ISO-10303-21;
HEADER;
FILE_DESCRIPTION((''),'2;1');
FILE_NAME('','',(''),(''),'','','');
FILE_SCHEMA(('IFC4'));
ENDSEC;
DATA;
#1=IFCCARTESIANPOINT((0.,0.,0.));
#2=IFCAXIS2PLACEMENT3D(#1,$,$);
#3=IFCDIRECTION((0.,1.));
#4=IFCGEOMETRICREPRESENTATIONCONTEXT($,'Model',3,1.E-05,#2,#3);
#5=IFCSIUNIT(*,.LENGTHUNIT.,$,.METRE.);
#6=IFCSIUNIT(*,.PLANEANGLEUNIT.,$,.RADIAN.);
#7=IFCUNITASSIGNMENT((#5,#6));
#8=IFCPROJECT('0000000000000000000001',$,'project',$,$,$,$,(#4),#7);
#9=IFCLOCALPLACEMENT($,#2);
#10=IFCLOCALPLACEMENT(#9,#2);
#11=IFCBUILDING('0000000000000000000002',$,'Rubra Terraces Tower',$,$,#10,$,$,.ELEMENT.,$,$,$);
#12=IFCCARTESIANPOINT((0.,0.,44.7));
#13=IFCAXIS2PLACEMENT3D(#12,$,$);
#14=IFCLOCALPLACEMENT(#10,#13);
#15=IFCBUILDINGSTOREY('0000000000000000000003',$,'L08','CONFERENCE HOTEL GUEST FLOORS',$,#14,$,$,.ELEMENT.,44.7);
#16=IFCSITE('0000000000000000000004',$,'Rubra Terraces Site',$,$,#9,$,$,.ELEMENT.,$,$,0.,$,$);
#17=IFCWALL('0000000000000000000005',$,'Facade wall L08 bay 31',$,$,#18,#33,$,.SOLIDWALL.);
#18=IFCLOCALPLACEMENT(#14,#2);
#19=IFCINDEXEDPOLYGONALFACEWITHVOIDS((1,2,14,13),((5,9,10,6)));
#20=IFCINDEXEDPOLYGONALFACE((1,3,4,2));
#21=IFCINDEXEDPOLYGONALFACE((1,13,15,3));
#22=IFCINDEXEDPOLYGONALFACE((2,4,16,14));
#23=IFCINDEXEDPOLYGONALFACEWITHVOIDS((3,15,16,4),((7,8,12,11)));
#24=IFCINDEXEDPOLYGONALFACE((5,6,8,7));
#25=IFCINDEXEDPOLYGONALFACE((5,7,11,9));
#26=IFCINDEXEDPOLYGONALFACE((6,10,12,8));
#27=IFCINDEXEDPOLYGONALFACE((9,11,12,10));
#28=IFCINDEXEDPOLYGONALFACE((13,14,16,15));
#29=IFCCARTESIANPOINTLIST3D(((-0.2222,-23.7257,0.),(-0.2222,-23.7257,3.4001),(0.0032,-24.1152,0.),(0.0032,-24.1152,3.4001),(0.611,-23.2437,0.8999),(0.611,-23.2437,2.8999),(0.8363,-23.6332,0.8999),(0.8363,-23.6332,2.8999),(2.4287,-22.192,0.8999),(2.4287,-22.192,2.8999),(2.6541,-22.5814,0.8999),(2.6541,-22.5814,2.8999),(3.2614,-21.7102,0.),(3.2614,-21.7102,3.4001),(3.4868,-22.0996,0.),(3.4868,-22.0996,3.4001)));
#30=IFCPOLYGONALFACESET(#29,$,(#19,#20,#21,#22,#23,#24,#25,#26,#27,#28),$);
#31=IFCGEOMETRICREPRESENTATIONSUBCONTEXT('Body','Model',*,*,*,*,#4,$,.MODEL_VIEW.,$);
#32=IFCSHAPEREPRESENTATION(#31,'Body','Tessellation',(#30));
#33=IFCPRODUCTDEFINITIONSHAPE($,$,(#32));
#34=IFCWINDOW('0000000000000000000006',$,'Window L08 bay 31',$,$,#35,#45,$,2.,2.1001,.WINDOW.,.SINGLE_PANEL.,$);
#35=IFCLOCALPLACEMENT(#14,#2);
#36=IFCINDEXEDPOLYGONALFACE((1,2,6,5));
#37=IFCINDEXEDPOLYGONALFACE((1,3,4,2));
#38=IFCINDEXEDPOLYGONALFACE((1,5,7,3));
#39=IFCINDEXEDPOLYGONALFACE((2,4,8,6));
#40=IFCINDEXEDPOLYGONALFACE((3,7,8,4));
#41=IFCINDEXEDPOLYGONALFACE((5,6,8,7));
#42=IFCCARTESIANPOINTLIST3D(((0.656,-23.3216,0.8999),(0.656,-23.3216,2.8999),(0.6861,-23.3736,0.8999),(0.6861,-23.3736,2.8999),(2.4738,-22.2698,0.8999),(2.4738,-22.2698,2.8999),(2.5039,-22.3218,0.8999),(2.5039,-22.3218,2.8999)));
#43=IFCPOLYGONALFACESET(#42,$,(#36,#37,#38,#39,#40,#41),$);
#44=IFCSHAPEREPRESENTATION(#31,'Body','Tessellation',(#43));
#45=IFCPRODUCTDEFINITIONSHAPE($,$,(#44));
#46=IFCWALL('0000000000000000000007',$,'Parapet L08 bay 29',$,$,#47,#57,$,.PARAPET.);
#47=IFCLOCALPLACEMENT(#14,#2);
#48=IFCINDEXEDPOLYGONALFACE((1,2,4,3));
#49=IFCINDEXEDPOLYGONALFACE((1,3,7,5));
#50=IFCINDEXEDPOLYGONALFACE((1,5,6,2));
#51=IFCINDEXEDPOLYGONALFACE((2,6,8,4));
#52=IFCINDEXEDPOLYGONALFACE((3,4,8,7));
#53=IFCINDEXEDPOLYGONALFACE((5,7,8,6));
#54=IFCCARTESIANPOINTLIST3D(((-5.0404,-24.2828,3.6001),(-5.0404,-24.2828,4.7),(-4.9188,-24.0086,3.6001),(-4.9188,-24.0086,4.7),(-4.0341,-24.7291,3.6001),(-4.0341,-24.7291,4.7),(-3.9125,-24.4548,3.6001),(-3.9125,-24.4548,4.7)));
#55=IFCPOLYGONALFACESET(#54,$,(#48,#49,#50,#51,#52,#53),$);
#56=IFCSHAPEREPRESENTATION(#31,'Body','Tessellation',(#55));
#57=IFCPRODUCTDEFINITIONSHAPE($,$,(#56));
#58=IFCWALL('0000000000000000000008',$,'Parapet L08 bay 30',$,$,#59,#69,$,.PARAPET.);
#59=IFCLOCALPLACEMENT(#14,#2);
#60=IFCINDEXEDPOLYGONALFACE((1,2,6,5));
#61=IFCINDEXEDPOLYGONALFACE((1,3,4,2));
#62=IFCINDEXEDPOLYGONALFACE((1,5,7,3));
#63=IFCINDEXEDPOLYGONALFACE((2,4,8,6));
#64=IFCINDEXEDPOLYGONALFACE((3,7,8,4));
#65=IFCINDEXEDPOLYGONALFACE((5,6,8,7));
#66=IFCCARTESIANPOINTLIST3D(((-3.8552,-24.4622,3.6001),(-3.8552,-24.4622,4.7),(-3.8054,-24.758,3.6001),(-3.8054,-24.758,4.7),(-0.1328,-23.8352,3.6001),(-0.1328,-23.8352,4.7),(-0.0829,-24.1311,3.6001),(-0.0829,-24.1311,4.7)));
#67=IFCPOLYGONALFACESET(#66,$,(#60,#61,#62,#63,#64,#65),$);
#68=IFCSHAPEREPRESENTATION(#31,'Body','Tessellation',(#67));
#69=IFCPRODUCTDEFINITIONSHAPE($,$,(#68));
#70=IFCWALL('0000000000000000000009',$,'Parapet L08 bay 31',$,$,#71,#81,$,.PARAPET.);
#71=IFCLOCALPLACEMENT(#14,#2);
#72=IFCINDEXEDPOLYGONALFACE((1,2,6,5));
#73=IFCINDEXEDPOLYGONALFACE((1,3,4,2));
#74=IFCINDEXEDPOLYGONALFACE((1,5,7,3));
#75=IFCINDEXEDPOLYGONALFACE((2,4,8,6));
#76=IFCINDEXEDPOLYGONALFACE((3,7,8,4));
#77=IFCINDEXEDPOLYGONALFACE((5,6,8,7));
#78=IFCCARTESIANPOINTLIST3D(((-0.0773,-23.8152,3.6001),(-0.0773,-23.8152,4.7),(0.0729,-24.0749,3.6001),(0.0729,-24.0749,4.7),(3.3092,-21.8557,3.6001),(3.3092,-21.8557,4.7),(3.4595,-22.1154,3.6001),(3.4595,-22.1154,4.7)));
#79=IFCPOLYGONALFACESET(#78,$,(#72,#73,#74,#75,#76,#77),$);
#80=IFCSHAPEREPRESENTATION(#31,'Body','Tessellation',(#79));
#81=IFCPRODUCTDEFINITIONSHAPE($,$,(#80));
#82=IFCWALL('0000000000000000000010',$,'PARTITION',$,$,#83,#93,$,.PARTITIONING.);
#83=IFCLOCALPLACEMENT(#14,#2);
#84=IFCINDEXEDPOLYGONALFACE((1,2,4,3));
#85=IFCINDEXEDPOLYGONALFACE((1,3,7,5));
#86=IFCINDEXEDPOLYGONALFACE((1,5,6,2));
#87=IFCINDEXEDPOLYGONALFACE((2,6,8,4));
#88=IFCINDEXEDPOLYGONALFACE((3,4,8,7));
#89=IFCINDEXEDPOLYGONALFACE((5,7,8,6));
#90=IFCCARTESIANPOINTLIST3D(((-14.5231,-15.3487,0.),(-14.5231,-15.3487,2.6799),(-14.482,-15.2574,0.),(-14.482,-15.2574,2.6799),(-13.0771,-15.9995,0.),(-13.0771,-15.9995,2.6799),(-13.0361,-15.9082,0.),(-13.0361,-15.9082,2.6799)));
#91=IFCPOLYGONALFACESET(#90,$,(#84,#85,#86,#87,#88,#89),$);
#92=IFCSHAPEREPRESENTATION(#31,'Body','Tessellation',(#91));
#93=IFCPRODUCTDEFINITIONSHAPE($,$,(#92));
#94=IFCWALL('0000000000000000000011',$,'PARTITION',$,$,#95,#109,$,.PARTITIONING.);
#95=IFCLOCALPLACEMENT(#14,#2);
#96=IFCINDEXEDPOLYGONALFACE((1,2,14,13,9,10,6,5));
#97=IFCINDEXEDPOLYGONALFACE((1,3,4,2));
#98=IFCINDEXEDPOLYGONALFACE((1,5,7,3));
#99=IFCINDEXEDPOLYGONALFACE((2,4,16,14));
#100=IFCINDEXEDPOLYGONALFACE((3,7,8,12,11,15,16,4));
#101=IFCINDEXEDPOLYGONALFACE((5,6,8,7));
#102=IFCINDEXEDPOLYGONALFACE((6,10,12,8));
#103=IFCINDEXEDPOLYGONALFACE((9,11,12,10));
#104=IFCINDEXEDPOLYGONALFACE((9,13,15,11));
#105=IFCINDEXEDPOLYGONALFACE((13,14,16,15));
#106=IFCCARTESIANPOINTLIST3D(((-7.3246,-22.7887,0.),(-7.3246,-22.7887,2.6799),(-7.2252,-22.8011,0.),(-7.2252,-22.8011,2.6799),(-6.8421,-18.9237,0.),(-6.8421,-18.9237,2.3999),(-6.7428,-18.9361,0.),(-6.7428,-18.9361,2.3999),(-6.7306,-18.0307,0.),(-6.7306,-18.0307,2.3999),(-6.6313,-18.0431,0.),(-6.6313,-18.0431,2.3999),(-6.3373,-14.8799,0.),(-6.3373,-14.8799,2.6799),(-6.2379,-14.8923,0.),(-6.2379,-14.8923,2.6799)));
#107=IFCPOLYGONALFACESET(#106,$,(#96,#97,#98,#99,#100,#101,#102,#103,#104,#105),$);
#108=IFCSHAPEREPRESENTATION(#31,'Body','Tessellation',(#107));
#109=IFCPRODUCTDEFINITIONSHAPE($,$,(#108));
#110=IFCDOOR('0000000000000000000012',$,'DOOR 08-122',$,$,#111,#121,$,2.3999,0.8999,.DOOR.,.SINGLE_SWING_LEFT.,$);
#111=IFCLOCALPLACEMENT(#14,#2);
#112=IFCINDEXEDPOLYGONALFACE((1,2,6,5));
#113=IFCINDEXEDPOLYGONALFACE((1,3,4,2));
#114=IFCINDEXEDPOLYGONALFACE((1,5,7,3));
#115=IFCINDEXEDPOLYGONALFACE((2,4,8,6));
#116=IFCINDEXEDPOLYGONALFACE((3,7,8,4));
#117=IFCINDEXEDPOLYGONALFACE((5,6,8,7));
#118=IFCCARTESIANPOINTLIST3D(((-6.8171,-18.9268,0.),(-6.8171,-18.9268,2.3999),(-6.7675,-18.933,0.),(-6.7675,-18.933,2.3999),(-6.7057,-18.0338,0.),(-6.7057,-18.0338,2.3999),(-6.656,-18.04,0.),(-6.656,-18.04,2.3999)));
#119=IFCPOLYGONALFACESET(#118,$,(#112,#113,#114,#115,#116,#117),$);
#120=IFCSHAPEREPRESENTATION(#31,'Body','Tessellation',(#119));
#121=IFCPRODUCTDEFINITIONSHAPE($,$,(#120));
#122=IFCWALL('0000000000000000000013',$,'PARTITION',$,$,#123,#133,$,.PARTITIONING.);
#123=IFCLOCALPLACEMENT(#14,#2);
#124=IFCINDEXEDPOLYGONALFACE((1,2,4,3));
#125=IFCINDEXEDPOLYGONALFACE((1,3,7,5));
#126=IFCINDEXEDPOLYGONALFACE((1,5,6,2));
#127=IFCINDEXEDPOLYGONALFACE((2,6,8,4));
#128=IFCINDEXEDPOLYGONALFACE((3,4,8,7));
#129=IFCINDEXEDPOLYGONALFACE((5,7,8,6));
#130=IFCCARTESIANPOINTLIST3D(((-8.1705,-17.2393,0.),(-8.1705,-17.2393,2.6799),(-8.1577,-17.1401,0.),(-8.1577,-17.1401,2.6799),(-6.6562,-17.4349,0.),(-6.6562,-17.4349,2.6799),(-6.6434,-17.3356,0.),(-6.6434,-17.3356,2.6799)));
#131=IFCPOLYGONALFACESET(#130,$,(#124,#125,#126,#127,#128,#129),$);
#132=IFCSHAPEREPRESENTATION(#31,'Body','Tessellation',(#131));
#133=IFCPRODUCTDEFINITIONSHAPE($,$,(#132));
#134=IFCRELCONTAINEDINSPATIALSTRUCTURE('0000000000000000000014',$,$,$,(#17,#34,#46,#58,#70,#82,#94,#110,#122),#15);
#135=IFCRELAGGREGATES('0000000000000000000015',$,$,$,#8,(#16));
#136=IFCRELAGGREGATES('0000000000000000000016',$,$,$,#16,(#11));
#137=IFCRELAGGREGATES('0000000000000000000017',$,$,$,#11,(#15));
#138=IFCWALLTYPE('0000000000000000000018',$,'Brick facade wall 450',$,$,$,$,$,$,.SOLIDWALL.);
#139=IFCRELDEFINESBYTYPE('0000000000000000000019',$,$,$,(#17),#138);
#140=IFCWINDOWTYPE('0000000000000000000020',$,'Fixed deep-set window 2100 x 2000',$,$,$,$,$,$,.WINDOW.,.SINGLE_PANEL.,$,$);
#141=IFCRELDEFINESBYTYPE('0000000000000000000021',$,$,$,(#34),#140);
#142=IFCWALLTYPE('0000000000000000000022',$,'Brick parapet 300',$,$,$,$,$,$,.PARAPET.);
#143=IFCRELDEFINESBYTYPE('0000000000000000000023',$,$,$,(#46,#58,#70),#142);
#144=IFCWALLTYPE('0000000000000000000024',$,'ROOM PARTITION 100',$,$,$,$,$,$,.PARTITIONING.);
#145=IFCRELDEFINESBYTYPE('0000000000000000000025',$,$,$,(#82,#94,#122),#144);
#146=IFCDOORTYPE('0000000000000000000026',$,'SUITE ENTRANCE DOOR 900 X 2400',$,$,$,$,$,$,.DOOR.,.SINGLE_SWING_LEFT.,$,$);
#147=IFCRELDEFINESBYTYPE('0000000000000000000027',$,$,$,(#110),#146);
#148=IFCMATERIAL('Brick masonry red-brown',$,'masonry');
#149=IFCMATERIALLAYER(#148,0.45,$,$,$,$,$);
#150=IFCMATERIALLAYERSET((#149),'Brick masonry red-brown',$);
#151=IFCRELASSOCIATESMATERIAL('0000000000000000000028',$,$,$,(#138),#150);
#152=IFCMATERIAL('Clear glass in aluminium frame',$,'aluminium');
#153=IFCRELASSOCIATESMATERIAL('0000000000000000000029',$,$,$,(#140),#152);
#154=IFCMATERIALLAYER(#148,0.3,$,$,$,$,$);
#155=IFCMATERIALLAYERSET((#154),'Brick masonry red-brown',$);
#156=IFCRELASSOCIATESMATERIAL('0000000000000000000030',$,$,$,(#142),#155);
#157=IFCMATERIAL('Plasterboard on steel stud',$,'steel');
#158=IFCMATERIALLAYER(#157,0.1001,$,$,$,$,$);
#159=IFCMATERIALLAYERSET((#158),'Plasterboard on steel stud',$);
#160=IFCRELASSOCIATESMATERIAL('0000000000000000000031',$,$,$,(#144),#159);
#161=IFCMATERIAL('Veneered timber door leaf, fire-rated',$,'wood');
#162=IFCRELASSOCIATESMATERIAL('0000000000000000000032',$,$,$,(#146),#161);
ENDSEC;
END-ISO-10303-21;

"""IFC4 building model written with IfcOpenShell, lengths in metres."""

from ifc_helpers import new_model, si_unit, direction, frame, frame_2d, origin, place, context, subcontext, project, spatial, rectangle, extrude, material, layer, layer_set, type_object, element, fill, save


model = new_model("IFC4")

# Units and contexts
model_context = context("Model", 3, precision=1e-05, world=origin(), true_north=direction((0.0, 1.0)))
body_context = subcontext(model_context, "Body", "Model", "MODEL_VIEW")
ifc_project = project(units=[si_unit("LENGTHUNIT", "METRE"), si_unit("PLANEANGLEUNIT", "RADIAN")], contexts=[model_context])

# Site, building, storey
site_placement = place(None, origin())
site = spatial("IfcSite", under=ifc_project, at=site_placement, Name="Rubra Terraces Site", CompositionType="ELEMENT", RefElevation=0.0)
building_placement = place(site_placement, origin())
building = spatial("IfcBuilding", under=site, at=building_placement, Name="Rubra Terraces Tower", CompositionType="ELEMENT")
storey_placement = place(building_placement, frame((0.0, 0.0, 44.7)))
storey = spatial("IfcBuildingStorey", under=building, at=storey_placement, Name="L08", Description="CONFERENCE HOTEL GUEST FLOORS", CompositionType="ELEMENT", Elevation=44.7)

# Wall, opening, window
ifc_material_1 = material(Name="Brick masonry red-brown", Category="masonry")
ifc_layer_1 = layer(ifc_material_1, 0.45)
ifc_layer_set_1 = layer_set([ifc_layer_1], Name="Brick masonry red-brown")
wall_type_1 = type_object("IfcWallType", Name="Brick facade wall 450", PredefinedType="SOLIDWALL", material=ifc_layer_set_1)
ifc_material_2 = material(Name="Clear glass in aluminium frame", Category="aluminium")
window_type = type_object("IfcWindowType", Name="Fixed deep-set window 2100 x 2000", PartitioningType="SINGLE_PANEL", PredefinedType="WINDOW", material=ifc_material_2)
wall_1_placement = place(storey_placement, frame((-0.1094, -23.9204, 0.0), z_axis=(0.0, 0.0, 1.0), x_axis=(0.865558, 0.500809, 0.0)))
wall_1 = element("IfcWall", 1, at=wall_1_placement, inside=storey, type_object=wall_type_1, Name="Facade wall L08 bay 31", PredefinedType="SOLIDWALL", context=body_context, shape_type="SweptSolid", body=[
    extrude(rectangle(XDim=4.0247, YDim=0.45, at=frame_2d((2.0122, 0.0))), origin(), (0.0, 0.0, 1.0), 3.4001),
])
opening_1_placement = place(wall_1_placement, frame((0.9624, 0.0, 0.8999)))
opening_1 = element("IfcOpeningElement", 2, at=opening_1_placement, cuts=wall_1, PredefinedType="OPENING", context=body_context, shape_type="SweptSolid", body=[
    extrude(rectangle(XDim=2.1001, YDim=2.0, at=frame_2d((1.05, 1.0))), frame((0.0, 0.2349, 0.0), z_axis=(0.0, -1.0, 0.0), x_axis=(1.0, 0.0, 0.0)), (0.0, 0.0, 1.0), 0.47),
])
window_1_placement = place(opening_1_placement, origin())
window_1 = element("IfcWindow", 3, at=window_1_placement, inside=storey, type_object=window_type, Name="Window L08 bay 31", OverallHeight=2.0, OverallWidth=2.1001, PartitioningType="SINGLE_PANEL", PredefinedType="WINDOW", context=body_context, shape_type="SweptSolid", body=[
    extrude(rectangle(XDim=2.1001, YDim=2.0, at=frame_2d((1.05, 1.0))), frame((0.0, 0.135, 0.0), z_axis=(0.0, -1.0, 0.0), x_axis=(1.0, 0.0, 0.0)), (0.0, 0.0, 1.0), 0.0601),
])
fill(opening_1, window_1)

# Walls
ifc_layer_2 = layer(ifc_material_1, 0.3)
ifc_layer_set_2 = layer_set([ifc_layer_2], Name="Brick masonry red-brown")
wall_type_2 = type_object("IfcWallType", Name="Brick parapet 300", PredefinedType="PARAPET", material=ifc_layer_set_2)
wall_2_placement = place(storey_placement, frame((-4.9795, -24.1458, 3.6001), z_axis=(0.0, 0.0, 1.0), x_axis=(0.91414, -0.405398, 0.0)))
element("IfcWall", 4, at=wall_2_placement, inside=storey, type_object=wall_type_2, Name="Parapet L08 bay 29", PredefinedType="PARAPET", context=body_context, shape_type="SweptSolid", body=[
    extrude(rectangle(XDim=1.1008, YDim=0.3, at=frame_2d((0.5503, 0.0))), origin(), (0.0, 0.0, 1.0), 1.0999),
])
wall_3_placement = place(storey_placement, frame((-3.8303, -24.6101, 3.6001), z_axis=(0.0, 0.0, 1.0), x_axis=(0.986111, 0.166087, 0.0)))
element("IfcWall", 5, at=wall_3_placement, inside=storey, type_object=wall_type_2, Name="Parapet L08 bay 30", PredefinedType="PARAPET", context=body_context, shape_type="SweptSolid", body=[
    extrude(rectangle(XDim=3.7749, YDim=0.3, at=frame_2d((1.8875, 0.0))), origin(), (0.0, 0.0, 1.0), 1.0999),
])
wall_4_placement = place(storey_placement, frame((-0.0022, -23.9451, 3.6001), z_axis=(0.0, 0.0, 1.0), x_axis=(0.86555, 0.500822, 0.0)))
element("IfcWall", 6, at=wall_4_placement, inside=storey, type_object=wall_type_2, Name="Parapet L08 bay 31", PredefinedType="PARAPET", context=body_context, shape_type="SweptSolid", body=[
    extrude(rectangle(XDim=3.9126, YDim=0.3, at=frame_2d((1.9563, 0.0))), origin(), (0.0, 0.0, 1.0), 1.0999),
])
ifc_material_3 = material(Name="Plasterboard on steel stud", Category="steel")
ifc_layer_3 = layer(ifc_material_3, 0.1001)
ifc_layer_set_3 = layer_set([ifc_layer_3], Name="Plasterboard on steel stud")
wall_type_3 = type_object("IfcWallType", Name="ROOM PARTITION 100", PredefinedType="PARTITIONING", material=ifc_layer_set_3)
wall_5_placement = place(storey_placement, frame((-14.5027, -15.303, 0.0), z_axis=(0.0, 0.0, 1.0), x_axis=(0.911884, -0.410448, 0.0)))
element("IfcWall", 7, at=wall_5_placement, inside=storey, type_object=wall_type_3, Name="PARTITION", PredefinedType="PARTITIONING", context=body_context, shape_type="SweptSolid", body=[
    extrude(rectangle(XDim=1.5857, YDim=0.1001, at=frame_2d((0.793, 0.0))), origin(), (0.0, 0.0, 1.0), 2.6799),
])

# Wall, opening, door
wall_6_placement = place(storey_placement, frame((-7.2749, -22.7949, 0.0), z_axis=(0.0, 0.0, 1.0), x_axis=(0.123873, 0.992298, 0.0)))
wall_6 = element("IfcWall", 8, at=wall_6_placement, inside=storey, type_object=wall_type_3, Name="PARTITION", PredefinedType="PARTITIONING", context=body_context, shape_type="SweptSolid", body=[
    extrude(rectangle(XDim=7.9702, YDim=0.1001, at=frame_2d((3.9851, 0.0))), origin(), (0.0, 0.0, 1.0), 2.6799),
])
opening_2_placement = place(wall_6_placement, frame((3.895, 0.0, 0.0)))
opening_2 = element("IfcOpeningElement", 9, at=opening_2_placement, cuts=wall_6, PredefinedType="OPENING", context=body_context, shape_type="SweptSolid", body=[
    extrude(rectangle(XDim=0.8999, YDim=2.3999, at=frame_2d((0.45, 1.2))), frame((0.0, 0.0601, 0.0), z_axis=(0.0, -1.0, 0.0), x_axis=(1.0, 0.0, 0.0)), (0.0, 0.0, 1.0), 0.1201),
])
ifc_material_4 = material(Name="Veneered timber door leaf, fire-rated", Category="wood")
door_type = type_object("IfcDoorType", Name="SUITE ENTRANCE DOOR 900 X 2400", OperationType="SINGLE_SWING_LEFT", PredefinedType="DOOR", material=ifc_material_4)
door_placement = place(opening_2_placement, origin())
door = element("IfcDoor", 10, at=door_placement, inside=storey, type_object=door_type, Name="DOOR 08-122", OperationType="SINGLE_SWING_LEFT", OverallHeight=2.3999, OverallWidth=0.8999, PredefinedType="DOOR", context=body_context, shape_type="SweptSolid", body=[
    extrude(rectangle(XDim=0.8999, YDim=2.3999, at=frame_2d((0.45, 1.2))), frame((0.0, 0.0249, 0.0), z_axis=(0.0, -1.0, 0.0), x_axis=(1.0, 0.0, 0.0)), (0.0, 0.0, 1.0), 0.05),
])
fill(opening_2, door)

# Wall
wall_7_placement = place(storey_placement, frame((-8.1641, -17.1897, 0.0), z_axis=(0.0, 0.0, 1.0), x_axis=(0.991763, -0.128088, 0.0)))
element("IfcWall", 11, at=wall_7_placement, inside=storey, type_object=wall_type_3, Name="PARTITION", PredefinedType="PARTITIONING", context=body_context, shape_type="SweptSolid", body=[
    extrude(rectangle(XDim=1.5269, YDim=0.1001, at=frame_2d((0.7634, 0.0))), origin(), (0.0, 0.0, 1.0), 2.6799),
])

save(model, "model.ifc")
